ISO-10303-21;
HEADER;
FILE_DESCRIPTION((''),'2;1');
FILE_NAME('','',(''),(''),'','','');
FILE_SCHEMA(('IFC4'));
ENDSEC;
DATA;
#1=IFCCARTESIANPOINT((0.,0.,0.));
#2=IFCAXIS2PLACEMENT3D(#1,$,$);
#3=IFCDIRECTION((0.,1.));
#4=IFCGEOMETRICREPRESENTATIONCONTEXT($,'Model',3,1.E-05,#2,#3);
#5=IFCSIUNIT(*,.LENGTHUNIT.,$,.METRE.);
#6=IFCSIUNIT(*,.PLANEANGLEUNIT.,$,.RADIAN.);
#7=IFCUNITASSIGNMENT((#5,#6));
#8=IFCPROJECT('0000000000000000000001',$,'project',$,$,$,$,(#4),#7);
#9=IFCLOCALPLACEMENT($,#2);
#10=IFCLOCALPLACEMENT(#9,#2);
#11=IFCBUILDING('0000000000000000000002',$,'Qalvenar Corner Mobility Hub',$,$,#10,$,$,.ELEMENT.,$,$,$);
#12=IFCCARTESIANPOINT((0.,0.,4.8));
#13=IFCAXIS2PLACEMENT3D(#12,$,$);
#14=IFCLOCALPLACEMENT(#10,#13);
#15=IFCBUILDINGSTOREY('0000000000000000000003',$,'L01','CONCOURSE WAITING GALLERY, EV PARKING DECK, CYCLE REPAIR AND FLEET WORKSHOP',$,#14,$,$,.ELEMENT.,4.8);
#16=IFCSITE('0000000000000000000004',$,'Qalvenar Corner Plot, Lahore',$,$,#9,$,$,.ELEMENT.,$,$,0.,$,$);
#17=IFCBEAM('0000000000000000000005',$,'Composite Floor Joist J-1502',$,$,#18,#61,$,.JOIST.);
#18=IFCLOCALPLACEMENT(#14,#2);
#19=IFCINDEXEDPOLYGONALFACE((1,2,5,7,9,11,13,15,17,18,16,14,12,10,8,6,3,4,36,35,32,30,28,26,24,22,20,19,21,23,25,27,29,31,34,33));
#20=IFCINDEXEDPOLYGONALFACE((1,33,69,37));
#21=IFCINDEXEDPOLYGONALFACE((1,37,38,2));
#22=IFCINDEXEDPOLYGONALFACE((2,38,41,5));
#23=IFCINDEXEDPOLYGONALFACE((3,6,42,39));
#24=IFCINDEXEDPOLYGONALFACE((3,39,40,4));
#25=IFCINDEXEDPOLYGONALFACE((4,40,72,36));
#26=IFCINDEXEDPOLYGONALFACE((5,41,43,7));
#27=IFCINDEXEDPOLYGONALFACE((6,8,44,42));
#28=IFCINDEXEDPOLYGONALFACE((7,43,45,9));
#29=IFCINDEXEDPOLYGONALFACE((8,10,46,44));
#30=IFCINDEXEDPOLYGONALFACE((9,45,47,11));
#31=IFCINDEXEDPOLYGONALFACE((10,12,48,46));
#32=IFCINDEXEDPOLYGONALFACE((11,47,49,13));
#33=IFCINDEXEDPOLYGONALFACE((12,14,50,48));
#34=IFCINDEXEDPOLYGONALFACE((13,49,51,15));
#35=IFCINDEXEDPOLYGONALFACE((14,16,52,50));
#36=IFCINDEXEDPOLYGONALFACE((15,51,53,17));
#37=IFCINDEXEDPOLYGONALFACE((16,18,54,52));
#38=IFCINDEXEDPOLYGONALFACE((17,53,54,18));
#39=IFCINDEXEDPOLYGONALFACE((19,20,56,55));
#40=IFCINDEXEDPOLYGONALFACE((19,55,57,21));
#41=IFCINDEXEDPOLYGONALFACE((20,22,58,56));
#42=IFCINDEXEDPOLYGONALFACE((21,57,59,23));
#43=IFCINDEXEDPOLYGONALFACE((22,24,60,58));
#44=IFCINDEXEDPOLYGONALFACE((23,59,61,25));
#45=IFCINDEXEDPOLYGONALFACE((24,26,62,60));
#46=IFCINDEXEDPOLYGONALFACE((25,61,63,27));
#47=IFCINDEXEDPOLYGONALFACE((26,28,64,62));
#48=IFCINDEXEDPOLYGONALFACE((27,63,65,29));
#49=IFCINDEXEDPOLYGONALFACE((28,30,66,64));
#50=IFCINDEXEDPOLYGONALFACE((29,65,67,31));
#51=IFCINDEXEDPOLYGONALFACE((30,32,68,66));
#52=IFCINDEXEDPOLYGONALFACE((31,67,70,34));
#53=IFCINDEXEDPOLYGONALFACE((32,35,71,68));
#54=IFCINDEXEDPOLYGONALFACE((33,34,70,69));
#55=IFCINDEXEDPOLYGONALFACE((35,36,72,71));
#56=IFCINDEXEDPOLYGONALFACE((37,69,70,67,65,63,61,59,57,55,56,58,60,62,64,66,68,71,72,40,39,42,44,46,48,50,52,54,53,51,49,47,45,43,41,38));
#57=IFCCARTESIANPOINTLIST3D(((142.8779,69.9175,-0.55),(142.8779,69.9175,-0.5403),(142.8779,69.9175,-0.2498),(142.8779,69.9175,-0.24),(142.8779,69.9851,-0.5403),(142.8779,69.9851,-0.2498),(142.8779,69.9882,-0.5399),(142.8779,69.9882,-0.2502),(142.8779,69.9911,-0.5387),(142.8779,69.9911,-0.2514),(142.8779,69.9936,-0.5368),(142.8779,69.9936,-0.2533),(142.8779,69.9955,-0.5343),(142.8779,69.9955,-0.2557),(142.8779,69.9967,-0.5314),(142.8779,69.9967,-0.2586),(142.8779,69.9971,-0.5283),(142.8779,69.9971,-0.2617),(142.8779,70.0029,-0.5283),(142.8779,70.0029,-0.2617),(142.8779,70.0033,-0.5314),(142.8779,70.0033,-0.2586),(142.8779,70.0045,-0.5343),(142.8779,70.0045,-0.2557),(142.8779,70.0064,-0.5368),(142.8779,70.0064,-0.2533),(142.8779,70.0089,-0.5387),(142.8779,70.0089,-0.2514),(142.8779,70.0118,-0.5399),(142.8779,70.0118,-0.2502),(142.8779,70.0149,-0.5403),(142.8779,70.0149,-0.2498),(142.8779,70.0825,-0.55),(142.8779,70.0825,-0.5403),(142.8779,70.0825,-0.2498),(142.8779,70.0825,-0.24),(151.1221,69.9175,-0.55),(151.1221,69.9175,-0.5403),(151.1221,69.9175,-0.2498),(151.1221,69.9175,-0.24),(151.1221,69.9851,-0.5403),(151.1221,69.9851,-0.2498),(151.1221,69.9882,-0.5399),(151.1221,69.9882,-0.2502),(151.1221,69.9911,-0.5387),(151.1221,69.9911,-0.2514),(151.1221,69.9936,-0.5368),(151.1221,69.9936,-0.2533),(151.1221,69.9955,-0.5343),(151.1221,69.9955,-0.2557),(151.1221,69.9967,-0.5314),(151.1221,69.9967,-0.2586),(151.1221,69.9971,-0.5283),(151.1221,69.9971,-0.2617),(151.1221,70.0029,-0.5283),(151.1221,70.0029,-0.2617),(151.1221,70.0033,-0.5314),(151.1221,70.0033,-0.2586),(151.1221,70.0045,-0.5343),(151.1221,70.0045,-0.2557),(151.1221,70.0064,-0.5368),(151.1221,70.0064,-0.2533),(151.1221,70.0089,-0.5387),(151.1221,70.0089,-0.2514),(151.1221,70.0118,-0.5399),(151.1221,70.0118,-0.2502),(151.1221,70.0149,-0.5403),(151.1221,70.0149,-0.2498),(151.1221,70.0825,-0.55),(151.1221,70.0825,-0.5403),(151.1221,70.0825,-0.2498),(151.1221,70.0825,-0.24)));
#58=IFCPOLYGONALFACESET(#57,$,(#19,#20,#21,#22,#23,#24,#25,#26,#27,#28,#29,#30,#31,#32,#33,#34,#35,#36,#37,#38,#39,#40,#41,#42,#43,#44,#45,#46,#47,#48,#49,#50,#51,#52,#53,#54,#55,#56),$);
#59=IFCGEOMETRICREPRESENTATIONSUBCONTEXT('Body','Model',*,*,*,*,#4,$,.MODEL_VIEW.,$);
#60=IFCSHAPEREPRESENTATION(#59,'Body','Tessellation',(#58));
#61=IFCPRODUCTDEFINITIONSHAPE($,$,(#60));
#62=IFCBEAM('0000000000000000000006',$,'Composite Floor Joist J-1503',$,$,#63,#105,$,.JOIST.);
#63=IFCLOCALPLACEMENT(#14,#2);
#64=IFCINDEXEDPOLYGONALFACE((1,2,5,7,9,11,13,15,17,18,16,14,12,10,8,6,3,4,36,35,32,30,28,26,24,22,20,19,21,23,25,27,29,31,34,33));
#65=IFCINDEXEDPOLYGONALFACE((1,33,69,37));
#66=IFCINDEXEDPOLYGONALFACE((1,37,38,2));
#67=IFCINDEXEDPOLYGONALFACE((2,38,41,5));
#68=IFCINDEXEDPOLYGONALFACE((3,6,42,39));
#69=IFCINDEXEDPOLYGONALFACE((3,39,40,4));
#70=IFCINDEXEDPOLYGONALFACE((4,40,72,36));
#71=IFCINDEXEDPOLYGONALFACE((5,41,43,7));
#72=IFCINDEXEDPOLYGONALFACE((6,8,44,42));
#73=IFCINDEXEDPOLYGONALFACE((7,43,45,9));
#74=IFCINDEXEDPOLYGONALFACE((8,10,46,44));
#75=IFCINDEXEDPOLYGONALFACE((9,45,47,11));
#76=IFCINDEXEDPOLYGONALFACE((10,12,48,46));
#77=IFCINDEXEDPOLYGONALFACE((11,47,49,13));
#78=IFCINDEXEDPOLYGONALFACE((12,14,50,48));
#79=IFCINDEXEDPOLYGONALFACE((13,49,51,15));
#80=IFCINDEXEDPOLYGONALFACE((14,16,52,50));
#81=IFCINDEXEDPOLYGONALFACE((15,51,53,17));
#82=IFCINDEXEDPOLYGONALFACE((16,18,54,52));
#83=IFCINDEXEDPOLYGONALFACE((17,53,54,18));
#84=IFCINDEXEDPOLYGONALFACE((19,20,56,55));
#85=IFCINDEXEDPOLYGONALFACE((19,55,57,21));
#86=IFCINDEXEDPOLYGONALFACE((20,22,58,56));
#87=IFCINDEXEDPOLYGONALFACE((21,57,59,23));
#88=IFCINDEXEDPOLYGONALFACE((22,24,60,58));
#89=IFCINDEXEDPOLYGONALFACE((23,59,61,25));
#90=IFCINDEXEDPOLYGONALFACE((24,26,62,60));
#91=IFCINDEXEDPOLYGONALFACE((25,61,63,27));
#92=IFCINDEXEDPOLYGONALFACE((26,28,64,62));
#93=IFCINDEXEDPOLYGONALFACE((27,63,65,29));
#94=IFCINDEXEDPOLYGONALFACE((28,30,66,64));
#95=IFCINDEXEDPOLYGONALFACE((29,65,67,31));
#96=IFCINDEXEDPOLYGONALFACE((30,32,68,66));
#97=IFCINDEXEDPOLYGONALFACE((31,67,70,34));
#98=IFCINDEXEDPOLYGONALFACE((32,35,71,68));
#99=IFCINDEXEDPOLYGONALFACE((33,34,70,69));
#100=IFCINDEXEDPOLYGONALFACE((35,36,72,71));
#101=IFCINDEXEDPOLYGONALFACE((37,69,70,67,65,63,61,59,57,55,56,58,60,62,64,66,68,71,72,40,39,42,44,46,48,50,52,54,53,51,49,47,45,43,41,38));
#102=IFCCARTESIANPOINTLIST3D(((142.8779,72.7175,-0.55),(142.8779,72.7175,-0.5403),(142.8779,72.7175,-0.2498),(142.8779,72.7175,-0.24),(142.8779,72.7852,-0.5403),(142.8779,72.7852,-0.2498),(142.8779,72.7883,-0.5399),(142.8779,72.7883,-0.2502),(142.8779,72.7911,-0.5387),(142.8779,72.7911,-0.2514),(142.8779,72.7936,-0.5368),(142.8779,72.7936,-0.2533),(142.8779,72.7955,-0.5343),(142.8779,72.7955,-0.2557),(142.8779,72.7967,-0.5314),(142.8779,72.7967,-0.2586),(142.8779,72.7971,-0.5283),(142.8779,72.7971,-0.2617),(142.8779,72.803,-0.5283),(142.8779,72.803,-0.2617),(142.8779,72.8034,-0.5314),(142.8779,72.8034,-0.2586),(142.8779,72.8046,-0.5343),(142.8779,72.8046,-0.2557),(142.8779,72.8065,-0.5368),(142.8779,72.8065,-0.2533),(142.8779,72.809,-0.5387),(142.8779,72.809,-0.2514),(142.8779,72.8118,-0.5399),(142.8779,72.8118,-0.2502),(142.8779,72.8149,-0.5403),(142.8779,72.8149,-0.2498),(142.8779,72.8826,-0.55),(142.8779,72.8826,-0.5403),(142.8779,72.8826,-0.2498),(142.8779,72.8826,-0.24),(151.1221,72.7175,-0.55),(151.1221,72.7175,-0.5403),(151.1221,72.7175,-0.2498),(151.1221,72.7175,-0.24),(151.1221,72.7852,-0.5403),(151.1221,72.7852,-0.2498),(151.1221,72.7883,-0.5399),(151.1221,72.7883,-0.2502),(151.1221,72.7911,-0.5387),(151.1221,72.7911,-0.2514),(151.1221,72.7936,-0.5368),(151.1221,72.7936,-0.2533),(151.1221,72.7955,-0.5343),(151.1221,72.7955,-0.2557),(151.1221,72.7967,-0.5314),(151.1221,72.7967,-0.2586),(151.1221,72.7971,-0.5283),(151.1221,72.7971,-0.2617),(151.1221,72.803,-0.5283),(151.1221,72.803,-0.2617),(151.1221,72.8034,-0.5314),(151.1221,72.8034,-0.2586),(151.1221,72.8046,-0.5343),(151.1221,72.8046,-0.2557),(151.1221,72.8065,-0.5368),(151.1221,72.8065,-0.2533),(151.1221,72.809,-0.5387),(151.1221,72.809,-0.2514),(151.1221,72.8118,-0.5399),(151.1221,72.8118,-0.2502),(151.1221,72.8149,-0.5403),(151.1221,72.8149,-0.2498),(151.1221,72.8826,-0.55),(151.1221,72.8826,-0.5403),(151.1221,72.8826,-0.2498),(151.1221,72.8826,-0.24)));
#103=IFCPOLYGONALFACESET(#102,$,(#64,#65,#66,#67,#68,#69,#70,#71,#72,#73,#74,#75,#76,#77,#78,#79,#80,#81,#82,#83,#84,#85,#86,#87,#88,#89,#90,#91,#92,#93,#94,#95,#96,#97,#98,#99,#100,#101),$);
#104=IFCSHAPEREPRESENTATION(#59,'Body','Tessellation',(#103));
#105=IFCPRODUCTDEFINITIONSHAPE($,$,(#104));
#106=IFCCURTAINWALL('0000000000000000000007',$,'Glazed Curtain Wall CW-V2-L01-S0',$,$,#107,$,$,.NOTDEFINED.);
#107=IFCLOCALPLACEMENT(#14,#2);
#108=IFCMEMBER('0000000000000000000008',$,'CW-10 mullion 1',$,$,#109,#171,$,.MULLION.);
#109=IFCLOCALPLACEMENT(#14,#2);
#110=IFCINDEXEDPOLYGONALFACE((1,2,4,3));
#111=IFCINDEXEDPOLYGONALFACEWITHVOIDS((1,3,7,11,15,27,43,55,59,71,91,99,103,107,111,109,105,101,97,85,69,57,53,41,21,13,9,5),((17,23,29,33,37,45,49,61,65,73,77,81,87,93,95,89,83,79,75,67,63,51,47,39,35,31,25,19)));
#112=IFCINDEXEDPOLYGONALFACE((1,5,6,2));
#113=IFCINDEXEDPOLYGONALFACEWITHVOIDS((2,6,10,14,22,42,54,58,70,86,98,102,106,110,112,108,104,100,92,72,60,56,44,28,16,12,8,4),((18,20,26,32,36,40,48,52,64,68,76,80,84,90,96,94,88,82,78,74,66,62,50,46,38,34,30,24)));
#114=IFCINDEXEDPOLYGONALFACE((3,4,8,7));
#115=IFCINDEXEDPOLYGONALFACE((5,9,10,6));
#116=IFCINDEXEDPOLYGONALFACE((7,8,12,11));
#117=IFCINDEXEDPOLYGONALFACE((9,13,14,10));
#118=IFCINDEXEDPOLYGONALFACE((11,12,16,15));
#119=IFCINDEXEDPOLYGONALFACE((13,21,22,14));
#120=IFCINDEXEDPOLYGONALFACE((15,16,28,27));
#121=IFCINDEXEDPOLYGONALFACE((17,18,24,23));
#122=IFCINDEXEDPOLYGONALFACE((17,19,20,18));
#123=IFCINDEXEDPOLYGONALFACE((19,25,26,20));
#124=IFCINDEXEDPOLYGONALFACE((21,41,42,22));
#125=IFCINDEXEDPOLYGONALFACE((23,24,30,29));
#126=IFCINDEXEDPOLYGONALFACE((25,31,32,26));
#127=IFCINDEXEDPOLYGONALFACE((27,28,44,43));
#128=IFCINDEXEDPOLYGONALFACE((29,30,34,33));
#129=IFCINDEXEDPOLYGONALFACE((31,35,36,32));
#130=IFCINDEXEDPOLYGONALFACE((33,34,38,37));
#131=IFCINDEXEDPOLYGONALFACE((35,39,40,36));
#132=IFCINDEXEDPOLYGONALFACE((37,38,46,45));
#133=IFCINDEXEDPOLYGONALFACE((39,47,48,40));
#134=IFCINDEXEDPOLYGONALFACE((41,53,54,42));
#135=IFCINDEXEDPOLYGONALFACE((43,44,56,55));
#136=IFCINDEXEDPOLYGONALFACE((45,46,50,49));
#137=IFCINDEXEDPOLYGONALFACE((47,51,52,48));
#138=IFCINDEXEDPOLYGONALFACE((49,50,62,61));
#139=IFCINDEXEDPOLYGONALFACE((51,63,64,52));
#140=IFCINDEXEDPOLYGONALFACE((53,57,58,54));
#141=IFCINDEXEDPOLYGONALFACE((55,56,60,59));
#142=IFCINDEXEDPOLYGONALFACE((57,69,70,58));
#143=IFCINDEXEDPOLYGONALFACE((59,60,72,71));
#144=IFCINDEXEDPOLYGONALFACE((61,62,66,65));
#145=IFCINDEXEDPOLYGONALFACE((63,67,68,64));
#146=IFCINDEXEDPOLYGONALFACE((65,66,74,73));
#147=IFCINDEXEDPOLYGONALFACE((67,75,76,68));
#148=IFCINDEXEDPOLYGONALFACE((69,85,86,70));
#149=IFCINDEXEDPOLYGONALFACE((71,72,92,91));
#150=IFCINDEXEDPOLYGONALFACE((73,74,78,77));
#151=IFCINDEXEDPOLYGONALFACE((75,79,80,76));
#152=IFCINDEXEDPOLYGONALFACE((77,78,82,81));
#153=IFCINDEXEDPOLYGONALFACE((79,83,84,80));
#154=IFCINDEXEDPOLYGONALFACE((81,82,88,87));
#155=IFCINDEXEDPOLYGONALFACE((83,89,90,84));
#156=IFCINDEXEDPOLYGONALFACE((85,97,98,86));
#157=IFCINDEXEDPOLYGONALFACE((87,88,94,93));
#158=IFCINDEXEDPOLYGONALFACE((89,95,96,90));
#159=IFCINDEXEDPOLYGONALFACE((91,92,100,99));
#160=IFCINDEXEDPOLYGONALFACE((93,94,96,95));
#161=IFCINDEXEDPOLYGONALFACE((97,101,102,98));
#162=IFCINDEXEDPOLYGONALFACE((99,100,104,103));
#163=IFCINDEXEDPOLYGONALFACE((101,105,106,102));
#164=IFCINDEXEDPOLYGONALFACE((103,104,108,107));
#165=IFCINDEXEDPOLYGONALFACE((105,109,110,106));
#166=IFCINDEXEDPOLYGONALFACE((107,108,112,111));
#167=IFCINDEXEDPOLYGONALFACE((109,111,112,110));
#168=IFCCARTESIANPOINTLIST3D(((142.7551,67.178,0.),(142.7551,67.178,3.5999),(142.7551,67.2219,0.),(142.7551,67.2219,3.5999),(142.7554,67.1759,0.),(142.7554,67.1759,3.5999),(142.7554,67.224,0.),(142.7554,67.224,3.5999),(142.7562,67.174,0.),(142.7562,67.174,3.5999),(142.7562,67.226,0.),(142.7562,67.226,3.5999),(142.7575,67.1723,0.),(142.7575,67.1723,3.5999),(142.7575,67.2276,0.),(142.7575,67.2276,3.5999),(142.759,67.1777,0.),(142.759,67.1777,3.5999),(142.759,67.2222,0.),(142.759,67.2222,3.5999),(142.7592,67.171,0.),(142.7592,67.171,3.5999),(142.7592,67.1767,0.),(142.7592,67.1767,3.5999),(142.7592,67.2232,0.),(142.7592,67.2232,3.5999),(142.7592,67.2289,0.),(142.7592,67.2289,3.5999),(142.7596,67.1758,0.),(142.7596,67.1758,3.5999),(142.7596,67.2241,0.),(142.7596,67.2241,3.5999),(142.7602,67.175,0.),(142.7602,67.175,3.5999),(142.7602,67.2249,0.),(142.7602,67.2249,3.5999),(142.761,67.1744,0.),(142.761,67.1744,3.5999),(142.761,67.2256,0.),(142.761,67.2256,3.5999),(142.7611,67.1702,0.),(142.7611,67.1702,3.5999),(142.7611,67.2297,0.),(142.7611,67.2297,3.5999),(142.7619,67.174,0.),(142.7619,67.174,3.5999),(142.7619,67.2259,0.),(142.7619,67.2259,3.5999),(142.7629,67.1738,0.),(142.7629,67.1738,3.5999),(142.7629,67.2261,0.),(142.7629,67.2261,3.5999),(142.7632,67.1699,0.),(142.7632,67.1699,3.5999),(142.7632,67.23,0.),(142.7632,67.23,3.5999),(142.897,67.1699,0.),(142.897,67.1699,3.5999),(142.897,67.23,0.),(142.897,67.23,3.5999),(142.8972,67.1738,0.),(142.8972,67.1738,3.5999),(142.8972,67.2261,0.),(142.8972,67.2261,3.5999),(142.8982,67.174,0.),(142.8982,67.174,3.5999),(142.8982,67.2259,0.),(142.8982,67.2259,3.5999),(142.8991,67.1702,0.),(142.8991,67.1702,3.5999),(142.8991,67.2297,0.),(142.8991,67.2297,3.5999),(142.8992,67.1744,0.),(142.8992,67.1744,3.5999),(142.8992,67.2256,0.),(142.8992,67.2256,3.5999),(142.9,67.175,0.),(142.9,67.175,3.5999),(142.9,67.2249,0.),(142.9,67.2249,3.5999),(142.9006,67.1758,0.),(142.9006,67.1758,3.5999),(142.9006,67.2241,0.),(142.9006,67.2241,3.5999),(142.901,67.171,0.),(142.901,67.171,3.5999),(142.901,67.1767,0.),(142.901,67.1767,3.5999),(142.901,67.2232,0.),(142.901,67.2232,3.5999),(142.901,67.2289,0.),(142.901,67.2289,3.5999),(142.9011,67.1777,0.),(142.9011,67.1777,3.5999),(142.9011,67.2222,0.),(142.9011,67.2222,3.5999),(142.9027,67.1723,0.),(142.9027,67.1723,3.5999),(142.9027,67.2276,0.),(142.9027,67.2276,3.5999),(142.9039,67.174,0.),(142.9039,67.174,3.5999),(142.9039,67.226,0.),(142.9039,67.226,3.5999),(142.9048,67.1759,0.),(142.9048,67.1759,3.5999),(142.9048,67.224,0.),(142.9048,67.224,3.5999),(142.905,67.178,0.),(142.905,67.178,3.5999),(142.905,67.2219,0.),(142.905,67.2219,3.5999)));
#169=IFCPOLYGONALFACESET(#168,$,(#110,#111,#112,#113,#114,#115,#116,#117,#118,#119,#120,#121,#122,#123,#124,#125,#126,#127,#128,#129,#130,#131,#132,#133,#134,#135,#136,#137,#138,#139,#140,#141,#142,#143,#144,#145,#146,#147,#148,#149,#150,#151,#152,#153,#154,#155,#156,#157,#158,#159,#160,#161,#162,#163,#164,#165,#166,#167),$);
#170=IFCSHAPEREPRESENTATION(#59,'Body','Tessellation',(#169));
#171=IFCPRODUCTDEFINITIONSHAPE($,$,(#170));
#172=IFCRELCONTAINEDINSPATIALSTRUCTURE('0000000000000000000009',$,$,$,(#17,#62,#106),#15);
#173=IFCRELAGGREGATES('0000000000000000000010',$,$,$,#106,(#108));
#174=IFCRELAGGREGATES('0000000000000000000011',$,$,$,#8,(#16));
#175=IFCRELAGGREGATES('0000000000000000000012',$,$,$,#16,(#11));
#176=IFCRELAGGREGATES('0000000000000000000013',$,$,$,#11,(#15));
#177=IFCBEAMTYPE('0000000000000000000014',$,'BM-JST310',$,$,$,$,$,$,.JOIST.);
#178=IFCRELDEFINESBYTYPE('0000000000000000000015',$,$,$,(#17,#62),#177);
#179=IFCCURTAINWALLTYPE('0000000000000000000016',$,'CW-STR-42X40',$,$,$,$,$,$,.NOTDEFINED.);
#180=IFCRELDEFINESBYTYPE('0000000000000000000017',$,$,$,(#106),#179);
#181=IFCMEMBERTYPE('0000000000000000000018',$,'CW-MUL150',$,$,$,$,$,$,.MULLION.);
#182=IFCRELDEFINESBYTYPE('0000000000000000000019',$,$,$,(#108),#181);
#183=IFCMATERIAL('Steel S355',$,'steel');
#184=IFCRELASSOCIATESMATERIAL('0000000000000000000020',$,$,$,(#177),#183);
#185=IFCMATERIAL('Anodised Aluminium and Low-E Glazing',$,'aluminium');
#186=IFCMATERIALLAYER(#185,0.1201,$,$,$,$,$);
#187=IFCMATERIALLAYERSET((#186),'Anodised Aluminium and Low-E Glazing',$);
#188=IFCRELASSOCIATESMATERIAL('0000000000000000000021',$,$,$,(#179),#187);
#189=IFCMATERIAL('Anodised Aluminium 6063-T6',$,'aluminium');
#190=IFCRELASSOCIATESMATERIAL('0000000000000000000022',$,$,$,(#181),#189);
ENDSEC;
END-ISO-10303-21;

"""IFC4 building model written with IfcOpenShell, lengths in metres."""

from ifc_helpers import new_model, si_unit, direction, frame, origin, origin_2d, place, context, subcontext, project, spatial, hollow_rectangle, i_section, extrude, material, layer, layer_set, material_profile, profile_set, type_object, element, aggregate, save


model = new_model("IFC4")

# Units and contexts
model_context = context("Model", 3, precision=1e-05, world=origin(), true_north=direction((0.0, 1.0)))
body_context = subcontext(model_context, "Body", "Model", "MODEL_VIEW")
ifc_project = project(units=[si_unit("LENGTHUNIT", "METRE"), si_unit("PLANEANGLEUNIT", "RADIAN")], contexts=[model_context])

# Site, building, storey
site_placement = place(None, origin())
site = spatial("IfcSite", under=ifc_project, at=site_placement, Name="Qalvenar Corner Plot, Lahore", CompositionType="ELEMENT", RefElevation=0.0)
building_placement = place(site_placement, origin())
building = spatial("IfcBuilding", under=site, at=building_placement, Name="Qalvenar Corner Mobility Hub", CompositionType="ELEMENT")
storey_placement = place(building_placement, frame((0.0, 0.0, 4.8)))
storey = spatial("IfcBuildingStorey", under=building, at=storey_placement, Name="L01", Description="CONCOURSE WAITING GALLERY, EV PARKING DECK, CYCLE REPAIR AND FLEET WORKSHOP", CompositionType="ELEMENT", Elevation=4.8)

# Beams
ifc_material_1 = material(Name="Steel S355", Category="steel")
ifc_material_profile_1 = material_profile(ifc_material_1, i_section(OverallWidth=0.165, OverallDepth=0.3101, WebThickness=0.0059, FlangeThickness=0.0098, FilletRadius=0.012, at=origin_2d()), Name="W310x38.7")
ifc_profile_set_1 = profile_set([ifc_material_profile_1], Name="Steel S355")
beam_type = type_object("IfcBeamType", Name="BM-JST310", PredefinedType="JOIST", material=ifc_profile_set_1)
for number, where, z_axis, x_axis, name in (
    (1, (142.8779, 70.0, -0.395), (1.0, 0.0, 0.0), (0.0, 1.0, 0.0), "Composite Floor Joist J-1502"),
    (2, (142.8779, 72.8, -0.395), (1.0, 0.0, 0.0), (0.0, 1.0, 0.0), "Composite Floor Joist J-1503"),
):
    element("IfcBeam", number, at=place(storey_placement, frame(where, z_axis=z_axis, x_axis=x_axis)), inside=storey, type_object=beam_type, Name=name, PredefinedType="JOIST", context=body_context, shape_type="SweptSolid", body=[
        extrude(i_section(OverallWidth=0.165, OverallDepth=0.3101, WebThickness=0.0059, FlangeThickness=0.0098, FilletRadius=0.012, at=origin_2d()), origin(), (0.0, 0.0, 1.0), 8.2441),
    ])

# Curtain wall, member
ifc_material_2 = material(Name="Anodised Aluminium and Low-E Glazing", Category="aluminium")
ifc_layer_1 = layer(ifc_material_2, 0.1201)
ifc_layer_set_1 = layer_set([ifc_layer_1], Name="Anodised Aluminium and Low-E Glazing")
curtain_wall_type = type_object("IfcCurtainWallType", Name="CW-STR-42X40", PredefinedType="NOTDEFINED", material=ifc_layer_set_1)
curtain_wall_placement = place(storey_placement, origin())
curtain_wall = element("IfcCurtainWall", 3, at=curtain_wall_placement, inside=storey, type_object=curtain_wall_type, Name="Glazed Curtain Wall CW-V2-L01-S0", PredefinedType="NOTDEFINED")
ifc_material_3 = material(Name="Anodised Aluminium 6063-T6", Category="aluminium")
ifc_material_profile_2 = material_profile(ifc_material_3, hollow_rectangle(XDim=0.0601, YDim=0.1499, WallThickness=0.0039, InnerFilletRadius=0.0039, OuterFilletRadius=0.0081, at=origin_2d()), Name="RHS150x60x4")
ifc_profile_set_2 = profile_set([ifc_material_profile_2], Name="Anodised Aluminium 6063-T6")
member_type_1 = type_object("IfcMemberType", Name="CW-MUL150", PredefinedType="MULLION", material=ifc_profile_set_2)
member_1_placement = place(storey_placement, frame((142.8301, 67.2, 0.0), z_axis=(0.0, 0.0, 1.0), x_axis=(0.0, 1.0, 0.0)))
member_1 = element("IfcMember", 4, at=member_1_placement, type_object=member_type_1, Name="CW-10 mullion 1", PredefinedType="MULLION", context=body_context, shape_type="SweptSolid", body=[
    extrude(hollow_rectangle(XDim=0.0601, YDim=0.1499, WallThickness=0.0039, InnerFilletRadius=0.0039, OuterFilletRadius=0.0081, at=origin_2d()), origin(), (0.0, 0.0, 1.0), 3.5999),
])
aggregate(curtain_wall, [member_1])

save(model, "model.ifc")
